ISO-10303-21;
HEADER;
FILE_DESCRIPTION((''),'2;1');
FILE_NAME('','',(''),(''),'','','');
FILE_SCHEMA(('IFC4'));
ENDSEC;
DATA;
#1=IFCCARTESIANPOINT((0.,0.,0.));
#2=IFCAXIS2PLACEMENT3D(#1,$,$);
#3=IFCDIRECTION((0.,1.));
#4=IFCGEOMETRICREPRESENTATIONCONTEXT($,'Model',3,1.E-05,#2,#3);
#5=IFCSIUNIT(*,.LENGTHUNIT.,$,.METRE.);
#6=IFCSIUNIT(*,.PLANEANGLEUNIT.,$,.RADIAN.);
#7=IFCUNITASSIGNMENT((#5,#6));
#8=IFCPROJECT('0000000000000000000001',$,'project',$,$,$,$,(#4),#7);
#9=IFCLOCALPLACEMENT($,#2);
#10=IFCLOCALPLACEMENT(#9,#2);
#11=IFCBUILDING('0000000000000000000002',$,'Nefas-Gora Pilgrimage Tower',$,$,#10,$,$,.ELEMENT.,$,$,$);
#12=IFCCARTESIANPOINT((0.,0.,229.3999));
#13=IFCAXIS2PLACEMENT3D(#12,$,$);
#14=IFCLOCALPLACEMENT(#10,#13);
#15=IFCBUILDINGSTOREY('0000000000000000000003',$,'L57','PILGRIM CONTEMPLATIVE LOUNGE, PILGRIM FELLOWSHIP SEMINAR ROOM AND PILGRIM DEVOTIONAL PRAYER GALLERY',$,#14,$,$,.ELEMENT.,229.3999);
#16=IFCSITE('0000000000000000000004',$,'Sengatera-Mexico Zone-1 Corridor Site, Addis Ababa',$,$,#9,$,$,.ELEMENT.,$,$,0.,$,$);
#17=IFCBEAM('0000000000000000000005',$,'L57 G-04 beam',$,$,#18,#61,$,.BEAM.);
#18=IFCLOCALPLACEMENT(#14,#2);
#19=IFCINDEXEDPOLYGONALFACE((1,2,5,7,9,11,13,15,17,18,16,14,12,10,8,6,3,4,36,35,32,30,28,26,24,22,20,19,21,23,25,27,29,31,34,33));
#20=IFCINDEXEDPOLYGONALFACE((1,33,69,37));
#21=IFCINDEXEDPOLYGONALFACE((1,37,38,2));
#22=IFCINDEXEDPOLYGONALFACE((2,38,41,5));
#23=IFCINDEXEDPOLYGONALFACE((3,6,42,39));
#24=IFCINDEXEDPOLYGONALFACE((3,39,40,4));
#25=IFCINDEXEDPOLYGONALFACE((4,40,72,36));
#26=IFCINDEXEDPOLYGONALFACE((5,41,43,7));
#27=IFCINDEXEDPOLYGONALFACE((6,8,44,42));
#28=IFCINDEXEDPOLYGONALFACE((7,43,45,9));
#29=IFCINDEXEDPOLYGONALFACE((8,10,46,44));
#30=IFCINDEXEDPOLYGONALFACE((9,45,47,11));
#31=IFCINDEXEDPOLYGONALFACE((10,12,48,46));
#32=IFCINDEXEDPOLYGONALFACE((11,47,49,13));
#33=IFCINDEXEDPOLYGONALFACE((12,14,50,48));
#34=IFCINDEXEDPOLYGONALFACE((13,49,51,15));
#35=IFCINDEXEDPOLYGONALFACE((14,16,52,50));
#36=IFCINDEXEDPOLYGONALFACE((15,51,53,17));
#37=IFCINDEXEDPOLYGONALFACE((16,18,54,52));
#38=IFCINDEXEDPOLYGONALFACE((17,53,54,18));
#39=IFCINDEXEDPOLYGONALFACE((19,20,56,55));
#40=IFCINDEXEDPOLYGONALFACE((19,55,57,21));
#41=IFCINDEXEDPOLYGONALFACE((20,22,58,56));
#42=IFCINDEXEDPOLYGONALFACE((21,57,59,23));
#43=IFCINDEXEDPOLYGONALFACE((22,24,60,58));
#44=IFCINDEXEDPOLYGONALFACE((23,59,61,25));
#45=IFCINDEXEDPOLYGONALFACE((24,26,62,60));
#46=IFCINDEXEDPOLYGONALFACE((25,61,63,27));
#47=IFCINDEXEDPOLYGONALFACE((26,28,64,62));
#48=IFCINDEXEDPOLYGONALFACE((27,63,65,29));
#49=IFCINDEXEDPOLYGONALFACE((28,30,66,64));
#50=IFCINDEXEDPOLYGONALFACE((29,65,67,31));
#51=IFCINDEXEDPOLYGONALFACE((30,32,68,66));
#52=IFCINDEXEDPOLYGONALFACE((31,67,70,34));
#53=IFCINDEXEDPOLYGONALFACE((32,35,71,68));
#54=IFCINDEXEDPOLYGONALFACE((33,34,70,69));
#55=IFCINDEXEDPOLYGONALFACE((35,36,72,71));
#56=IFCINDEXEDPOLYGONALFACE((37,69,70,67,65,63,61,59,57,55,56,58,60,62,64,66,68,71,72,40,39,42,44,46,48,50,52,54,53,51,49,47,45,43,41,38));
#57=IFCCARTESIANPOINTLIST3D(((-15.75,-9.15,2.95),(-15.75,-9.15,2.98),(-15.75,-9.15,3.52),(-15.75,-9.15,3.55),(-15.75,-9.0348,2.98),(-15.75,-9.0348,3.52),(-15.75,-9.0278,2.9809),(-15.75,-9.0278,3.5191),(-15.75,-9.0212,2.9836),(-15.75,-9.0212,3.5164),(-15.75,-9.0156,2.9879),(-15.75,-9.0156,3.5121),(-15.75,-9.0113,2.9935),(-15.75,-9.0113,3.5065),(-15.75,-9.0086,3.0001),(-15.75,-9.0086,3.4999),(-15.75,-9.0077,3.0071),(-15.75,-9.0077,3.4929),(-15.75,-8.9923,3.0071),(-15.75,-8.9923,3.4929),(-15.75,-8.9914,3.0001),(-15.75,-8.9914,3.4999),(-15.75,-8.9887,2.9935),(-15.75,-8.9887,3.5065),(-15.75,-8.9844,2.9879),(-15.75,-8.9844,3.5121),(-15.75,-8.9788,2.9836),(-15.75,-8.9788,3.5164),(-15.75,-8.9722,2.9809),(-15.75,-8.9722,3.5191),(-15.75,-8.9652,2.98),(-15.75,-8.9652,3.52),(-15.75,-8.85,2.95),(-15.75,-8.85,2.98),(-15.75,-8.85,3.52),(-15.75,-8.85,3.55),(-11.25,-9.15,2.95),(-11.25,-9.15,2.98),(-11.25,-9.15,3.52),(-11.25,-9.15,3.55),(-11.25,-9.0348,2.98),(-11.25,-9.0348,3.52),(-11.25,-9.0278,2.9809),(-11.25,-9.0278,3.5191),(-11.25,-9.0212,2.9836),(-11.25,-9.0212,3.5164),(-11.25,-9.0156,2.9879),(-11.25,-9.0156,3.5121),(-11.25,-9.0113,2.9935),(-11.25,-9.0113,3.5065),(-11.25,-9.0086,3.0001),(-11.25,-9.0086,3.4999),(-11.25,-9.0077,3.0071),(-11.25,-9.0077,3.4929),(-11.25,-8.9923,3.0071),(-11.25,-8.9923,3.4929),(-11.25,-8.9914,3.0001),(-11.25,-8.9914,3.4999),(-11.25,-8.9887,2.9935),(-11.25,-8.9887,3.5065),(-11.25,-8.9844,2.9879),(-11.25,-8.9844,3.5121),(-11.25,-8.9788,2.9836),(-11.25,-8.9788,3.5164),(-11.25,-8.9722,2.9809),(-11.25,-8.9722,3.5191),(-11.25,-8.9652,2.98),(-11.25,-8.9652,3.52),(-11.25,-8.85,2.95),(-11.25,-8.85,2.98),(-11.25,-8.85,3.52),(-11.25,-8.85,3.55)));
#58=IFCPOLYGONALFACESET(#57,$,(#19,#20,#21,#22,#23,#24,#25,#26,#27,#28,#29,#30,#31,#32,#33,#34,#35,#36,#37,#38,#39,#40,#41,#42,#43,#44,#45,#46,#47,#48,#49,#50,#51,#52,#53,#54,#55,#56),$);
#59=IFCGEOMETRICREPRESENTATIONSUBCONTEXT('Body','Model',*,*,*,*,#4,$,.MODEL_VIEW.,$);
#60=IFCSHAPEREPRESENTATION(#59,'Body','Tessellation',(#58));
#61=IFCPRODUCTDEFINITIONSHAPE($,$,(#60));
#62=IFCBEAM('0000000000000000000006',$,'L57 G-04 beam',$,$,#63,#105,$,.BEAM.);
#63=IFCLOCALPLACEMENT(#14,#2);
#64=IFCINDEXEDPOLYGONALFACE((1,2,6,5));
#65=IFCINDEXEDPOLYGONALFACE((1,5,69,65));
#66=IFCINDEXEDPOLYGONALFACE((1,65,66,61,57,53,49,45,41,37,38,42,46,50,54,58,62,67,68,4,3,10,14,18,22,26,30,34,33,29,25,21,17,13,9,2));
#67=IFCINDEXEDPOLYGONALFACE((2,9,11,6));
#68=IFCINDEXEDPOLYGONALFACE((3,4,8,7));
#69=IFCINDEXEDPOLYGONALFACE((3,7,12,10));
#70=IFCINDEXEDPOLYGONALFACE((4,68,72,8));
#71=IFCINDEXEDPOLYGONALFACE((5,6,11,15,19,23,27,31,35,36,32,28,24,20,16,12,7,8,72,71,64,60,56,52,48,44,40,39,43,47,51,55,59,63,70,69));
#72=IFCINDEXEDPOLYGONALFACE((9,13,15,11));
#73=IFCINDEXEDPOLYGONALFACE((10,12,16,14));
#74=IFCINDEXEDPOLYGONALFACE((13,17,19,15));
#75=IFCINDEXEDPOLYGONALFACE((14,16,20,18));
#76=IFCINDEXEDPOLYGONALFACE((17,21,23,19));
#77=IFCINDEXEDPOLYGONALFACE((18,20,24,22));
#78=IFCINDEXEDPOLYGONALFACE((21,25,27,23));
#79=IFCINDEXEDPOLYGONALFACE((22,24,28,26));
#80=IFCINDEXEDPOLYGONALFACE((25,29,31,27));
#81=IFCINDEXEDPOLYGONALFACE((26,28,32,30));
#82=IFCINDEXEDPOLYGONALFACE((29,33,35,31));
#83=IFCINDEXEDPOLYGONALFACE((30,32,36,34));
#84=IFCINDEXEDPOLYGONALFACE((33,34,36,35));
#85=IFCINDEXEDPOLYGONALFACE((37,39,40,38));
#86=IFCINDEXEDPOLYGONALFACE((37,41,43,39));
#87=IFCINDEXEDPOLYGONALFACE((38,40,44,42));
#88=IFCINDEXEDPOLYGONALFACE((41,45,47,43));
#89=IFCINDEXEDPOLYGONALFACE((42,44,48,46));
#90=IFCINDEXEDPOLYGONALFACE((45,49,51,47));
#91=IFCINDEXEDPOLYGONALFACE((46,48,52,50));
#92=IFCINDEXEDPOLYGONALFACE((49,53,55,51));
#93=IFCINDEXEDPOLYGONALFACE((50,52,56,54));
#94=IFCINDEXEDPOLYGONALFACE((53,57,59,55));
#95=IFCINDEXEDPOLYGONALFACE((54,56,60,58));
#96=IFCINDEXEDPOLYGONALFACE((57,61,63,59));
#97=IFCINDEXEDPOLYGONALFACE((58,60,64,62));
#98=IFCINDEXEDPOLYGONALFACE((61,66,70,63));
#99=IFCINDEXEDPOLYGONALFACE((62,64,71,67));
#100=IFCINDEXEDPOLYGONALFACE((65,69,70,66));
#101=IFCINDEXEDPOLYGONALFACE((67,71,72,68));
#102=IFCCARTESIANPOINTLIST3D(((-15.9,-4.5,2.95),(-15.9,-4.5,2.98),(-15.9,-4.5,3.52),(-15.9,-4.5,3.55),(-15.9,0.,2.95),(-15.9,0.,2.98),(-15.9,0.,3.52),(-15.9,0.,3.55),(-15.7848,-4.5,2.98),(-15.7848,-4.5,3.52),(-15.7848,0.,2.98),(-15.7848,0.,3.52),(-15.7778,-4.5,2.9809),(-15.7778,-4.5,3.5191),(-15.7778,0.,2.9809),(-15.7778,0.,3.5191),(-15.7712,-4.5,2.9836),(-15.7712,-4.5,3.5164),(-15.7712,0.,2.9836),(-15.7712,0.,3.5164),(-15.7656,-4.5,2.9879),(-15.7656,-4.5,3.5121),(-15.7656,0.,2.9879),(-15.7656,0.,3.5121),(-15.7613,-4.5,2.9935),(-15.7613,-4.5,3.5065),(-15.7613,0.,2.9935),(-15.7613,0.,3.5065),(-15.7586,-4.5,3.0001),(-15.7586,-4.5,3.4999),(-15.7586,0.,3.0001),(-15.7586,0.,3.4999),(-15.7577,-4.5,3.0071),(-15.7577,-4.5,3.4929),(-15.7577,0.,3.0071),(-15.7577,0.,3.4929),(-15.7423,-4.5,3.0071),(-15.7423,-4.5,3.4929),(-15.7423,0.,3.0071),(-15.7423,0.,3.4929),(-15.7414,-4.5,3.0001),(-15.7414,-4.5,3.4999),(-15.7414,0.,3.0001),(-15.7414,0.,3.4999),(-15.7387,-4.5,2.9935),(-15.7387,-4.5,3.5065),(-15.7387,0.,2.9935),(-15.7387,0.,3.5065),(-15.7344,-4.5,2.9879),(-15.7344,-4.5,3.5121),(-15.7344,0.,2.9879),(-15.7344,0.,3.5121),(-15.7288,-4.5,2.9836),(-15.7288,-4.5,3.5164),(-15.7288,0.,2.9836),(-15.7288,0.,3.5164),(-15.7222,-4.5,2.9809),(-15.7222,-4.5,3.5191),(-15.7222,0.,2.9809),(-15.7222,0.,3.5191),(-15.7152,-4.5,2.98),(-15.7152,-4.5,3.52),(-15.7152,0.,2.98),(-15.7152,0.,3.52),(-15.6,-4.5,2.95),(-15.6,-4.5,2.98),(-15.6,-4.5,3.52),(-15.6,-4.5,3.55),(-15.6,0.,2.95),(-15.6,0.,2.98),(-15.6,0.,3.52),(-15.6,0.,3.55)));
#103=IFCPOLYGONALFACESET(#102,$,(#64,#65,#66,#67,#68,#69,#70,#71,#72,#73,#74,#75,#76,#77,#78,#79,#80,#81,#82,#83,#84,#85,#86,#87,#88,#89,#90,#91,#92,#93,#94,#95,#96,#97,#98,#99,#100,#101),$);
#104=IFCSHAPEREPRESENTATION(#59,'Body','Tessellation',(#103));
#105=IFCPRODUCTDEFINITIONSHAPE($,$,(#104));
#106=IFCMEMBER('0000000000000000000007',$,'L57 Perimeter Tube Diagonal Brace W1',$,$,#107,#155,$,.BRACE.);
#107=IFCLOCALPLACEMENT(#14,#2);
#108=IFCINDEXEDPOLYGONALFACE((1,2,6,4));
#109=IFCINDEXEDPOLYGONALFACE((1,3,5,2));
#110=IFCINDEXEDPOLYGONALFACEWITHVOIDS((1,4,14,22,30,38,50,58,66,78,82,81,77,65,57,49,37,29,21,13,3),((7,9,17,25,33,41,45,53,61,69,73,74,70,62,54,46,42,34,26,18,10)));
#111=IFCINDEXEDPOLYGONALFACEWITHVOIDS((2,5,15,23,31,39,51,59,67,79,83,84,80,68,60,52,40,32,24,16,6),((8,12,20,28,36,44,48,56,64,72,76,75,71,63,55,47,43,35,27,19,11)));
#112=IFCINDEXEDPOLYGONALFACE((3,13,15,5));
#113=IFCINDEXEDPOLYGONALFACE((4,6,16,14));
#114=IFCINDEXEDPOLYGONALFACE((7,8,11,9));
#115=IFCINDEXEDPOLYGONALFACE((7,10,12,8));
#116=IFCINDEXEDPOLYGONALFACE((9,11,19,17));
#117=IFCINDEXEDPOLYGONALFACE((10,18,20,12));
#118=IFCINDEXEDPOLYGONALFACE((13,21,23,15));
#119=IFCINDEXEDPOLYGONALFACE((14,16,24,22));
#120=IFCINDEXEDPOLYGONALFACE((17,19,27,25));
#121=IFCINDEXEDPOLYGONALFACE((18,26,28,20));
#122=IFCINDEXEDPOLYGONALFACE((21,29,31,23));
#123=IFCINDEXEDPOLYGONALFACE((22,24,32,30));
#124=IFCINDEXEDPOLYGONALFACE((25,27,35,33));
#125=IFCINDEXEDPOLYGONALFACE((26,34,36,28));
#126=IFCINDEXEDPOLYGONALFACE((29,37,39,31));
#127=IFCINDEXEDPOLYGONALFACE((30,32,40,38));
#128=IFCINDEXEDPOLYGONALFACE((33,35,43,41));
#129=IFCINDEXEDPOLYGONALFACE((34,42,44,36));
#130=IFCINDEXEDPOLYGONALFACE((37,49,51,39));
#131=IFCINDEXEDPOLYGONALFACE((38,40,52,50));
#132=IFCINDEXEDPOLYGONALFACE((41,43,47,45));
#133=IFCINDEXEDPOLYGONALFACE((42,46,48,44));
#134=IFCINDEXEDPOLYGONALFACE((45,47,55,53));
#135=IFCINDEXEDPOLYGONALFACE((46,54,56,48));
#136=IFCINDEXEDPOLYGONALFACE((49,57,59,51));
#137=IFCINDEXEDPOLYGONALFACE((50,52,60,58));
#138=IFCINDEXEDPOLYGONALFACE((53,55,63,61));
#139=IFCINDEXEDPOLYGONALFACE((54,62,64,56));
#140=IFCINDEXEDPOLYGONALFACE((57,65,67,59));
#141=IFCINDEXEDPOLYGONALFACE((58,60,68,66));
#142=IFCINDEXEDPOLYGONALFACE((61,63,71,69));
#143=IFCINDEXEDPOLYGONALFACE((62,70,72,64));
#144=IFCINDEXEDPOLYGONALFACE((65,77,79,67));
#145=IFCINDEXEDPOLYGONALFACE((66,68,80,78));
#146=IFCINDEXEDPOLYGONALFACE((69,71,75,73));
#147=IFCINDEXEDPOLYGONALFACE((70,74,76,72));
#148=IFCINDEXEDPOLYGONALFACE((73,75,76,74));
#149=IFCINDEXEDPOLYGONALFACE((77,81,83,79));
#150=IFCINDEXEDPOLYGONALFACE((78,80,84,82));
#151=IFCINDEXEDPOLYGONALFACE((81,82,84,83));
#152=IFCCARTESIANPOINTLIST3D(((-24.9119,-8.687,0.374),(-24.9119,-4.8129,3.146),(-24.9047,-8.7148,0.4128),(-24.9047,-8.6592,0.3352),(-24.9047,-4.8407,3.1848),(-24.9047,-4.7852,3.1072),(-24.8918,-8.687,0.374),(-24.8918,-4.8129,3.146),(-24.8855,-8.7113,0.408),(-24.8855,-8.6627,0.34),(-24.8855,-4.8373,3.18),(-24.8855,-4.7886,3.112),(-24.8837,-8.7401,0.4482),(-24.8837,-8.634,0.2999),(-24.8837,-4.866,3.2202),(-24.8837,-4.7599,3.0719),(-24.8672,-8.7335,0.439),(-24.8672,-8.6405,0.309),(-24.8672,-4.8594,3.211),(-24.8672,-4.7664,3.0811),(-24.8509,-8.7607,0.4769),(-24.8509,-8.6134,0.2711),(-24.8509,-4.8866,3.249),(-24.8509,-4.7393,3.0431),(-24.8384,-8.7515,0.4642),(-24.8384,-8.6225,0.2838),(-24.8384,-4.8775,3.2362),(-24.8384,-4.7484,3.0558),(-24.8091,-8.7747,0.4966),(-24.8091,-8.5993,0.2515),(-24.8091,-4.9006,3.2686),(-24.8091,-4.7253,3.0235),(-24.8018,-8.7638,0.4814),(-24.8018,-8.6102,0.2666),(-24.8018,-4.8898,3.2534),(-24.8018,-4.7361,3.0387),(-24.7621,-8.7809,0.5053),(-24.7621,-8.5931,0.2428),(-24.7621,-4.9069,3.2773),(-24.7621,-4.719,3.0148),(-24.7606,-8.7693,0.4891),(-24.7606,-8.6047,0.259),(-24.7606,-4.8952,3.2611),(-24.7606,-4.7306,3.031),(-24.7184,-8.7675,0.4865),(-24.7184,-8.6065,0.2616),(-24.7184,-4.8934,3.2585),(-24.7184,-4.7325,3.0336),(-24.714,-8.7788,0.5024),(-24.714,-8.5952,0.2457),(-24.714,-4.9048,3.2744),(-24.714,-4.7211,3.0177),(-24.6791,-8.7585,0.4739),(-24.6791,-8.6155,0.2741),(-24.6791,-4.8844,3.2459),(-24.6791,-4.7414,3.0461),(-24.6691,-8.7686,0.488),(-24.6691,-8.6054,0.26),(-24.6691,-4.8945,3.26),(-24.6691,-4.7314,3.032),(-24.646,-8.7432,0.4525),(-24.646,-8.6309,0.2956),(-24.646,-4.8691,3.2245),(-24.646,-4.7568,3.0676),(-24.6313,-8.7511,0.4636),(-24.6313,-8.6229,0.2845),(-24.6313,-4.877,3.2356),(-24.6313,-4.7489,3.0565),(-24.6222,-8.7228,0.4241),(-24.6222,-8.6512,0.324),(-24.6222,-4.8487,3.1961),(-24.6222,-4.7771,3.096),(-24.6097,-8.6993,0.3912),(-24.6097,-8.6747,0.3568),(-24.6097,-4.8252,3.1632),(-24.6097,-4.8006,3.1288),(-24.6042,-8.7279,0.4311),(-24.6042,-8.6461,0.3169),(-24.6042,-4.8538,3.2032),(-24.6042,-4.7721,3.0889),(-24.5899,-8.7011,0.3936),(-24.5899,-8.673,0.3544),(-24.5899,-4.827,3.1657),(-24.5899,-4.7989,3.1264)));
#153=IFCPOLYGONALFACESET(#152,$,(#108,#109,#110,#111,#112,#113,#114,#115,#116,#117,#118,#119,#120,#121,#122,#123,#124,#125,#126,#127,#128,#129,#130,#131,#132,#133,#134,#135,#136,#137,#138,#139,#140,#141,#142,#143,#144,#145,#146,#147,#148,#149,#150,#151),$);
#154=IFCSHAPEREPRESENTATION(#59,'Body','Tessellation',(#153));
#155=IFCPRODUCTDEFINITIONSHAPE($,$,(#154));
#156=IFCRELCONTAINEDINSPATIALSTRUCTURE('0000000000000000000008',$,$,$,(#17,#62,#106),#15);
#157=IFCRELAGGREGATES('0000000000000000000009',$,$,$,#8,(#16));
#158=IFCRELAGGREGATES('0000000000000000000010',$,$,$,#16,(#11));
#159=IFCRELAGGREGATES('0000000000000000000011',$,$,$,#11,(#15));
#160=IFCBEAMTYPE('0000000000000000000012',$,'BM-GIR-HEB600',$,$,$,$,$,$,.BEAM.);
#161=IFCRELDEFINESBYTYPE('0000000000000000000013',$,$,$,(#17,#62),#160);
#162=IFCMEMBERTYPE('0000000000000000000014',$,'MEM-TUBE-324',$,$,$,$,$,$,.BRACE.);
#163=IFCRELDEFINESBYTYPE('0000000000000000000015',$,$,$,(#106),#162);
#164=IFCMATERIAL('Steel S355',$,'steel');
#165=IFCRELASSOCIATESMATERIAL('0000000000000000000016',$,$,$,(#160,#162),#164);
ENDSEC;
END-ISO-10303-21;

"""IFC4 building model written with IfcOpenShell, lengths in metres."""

from ifc_helpers import new_model, si_unit, direction, frame, origin, origin_2d, place, context, subcontext, project, spatial, hollow_circle, i_section, extrude, source, transform, mapped, material, material_profile, profile_set, type_object, element, save


model = new_model("IFC4")

# Units and contexts
model_context = context("Model", 3, precision=1e-05, world=origin(), true_north=direction((0.0, 1.0)))
body_context = subcontext(model_context, "Body", "Model", "MODEL_VIEW")
ifc_project = project(units=[si_unit("LENGTHUNIT", "METRE"), si_unit("PLANEANGLEUNIT", "RADIAN")], contexts=[model_context])

# Site, building, storey
site_placement = place(None, origin())
site = spatial("IfcSite", under=ifc_project, at=site_placement, Name="Sengatera-Mexico Zone-1 Corridor Site, Addis Ababa", CompositionType="ELEMENT", RefElevation=0.0)
building_placement = place(site_placement, origin())
building = spatial("IfcBuilding", under=site, at=building_placement, Name="Nefas-Gora Pilgrimage Tower", CompositionType="ELEMENT")
storey_placement = place(building_placement, frame((0.0, 0.0, 229.3999)))
storey = spatial("IfcBuildingStorey", under=building, at=storey_placement, Name="L57", Description="PILGRIM CONTEMPLATIVE LOUNGE, PILGRIM FELLOWSHIP SEMINAR ROOM AND PILGRIM DEVOTIONAL PRAYER GALLERY", CompositionType="ELEMENT", Elevation=229.3999)

# Beams
ifc_material_1 = material(Name="Steel S355", Category="steel")
ifc_material_profile_1 = material_profile(ifc_material_1, i_section(OverallWidth=0.3, OverallDepth=0.6001, WebThickness=0.0154, FlangeThickness=0.03, FilletRadius=0.0271, at=origin_2d()), Name="HEB 600")
ifc_profile_set_1 = profile_set([ifc_material_profile_1], Name="Steel S355")
beam_type_1 = type_object("IfcBeamType", Name="BM-GIR-HEB600", PredefinedType="BEAM", material=ifc_profile_set_1)
shared_shape_1 = source(origin(), body_context, "Body", "SweptSolid", [
    extrude(i_section(OverallWidth=0.3, OverallDepth=0.6001, WebThickness=0.0154, FlangeThickness=0.03, FilletRadius=0.0271, at=origin_2d()), origin(), (0.0, 0.0, 1.0), 4.5),
])
for number, where, z_axis, x_axis, name in (
    (1, (-15.75, -9.0, 3.25), (1.0, 0.0, 0.0), (0.0, 1.0, 0.0), "L57 G-04 beam"),
    (2, (-15.75, -4.5, 3.25), (0.0, 1.0, 0.0), (-1.0, 0.0, 0.0), "L57 G-04 beam"),
):
    element("IfcBeam", number, at=place(storey_placement, frame(where, z_axis=z_axis, x_axis=x_axis)), inside=storey, type_object=beam_type_1, Name=name, PredefinedType="BEAM", context=body_context, shape_type="MappedRepresentation", body=[
        mapped(shared_shape_1, transform((0.0, 0.0, 0.0), x_axis=(1.0, 0.0, 0.0), y_axis=(0.0, 1.0, 0.0), z_axis=(0.0, 0.0, 1.0), scale=1.0)),
    ])

# Member
ifc_material_profile_2 = material_profile(ifc_material_1, hollow_circle(Radius=0.1619, WallThickness=0.02, at=origin_2d()), Name="CHS 323.9x20")
ifc_profile_set_2 = profile_set([ifc_material_profile_2], Name="Steel S355")
member_type_1 = type_object("IfcMemberType", Name="MEM-TUBE-324", PredefinedType="BRACE", material=ifc_profile_set_2)
shared_shape_2 = source(origin(), body_context, "Body", "SweptSolid", [
    extrude(hollow_circle(Radius=0.1619, WallThickness=0.02, at=origin_2d()), origin(), (0.0, 0.0, 1.0), 4.7637),
])
member_1_placement = place(storey_placement, frame((-24.75, -8.687, 0.374), z_axis=(0.0, 0.813255, 0.581907), x_axis=(-1.0, 0.0, 0.0)))
element("IfcMember", 3, at=member_1_placement, inside=storey, type_object=member_type_1, Name="L57 Perimeter Tube Diagonal Brace W1", PredefinedType="BRACE", context=body_context, shape_type="MappedRepresentation", body=[
    mapped(shared_shape_2, transform((0.0, 0.0, 0.0), x_axis=(1.0, 0.0, 0.0), y_axis=(0.0, 1.0, 0.0), z_axis=(0.0, 0.0, 1.0), scale=1.0)),
])

save(model, "model.ifc")
